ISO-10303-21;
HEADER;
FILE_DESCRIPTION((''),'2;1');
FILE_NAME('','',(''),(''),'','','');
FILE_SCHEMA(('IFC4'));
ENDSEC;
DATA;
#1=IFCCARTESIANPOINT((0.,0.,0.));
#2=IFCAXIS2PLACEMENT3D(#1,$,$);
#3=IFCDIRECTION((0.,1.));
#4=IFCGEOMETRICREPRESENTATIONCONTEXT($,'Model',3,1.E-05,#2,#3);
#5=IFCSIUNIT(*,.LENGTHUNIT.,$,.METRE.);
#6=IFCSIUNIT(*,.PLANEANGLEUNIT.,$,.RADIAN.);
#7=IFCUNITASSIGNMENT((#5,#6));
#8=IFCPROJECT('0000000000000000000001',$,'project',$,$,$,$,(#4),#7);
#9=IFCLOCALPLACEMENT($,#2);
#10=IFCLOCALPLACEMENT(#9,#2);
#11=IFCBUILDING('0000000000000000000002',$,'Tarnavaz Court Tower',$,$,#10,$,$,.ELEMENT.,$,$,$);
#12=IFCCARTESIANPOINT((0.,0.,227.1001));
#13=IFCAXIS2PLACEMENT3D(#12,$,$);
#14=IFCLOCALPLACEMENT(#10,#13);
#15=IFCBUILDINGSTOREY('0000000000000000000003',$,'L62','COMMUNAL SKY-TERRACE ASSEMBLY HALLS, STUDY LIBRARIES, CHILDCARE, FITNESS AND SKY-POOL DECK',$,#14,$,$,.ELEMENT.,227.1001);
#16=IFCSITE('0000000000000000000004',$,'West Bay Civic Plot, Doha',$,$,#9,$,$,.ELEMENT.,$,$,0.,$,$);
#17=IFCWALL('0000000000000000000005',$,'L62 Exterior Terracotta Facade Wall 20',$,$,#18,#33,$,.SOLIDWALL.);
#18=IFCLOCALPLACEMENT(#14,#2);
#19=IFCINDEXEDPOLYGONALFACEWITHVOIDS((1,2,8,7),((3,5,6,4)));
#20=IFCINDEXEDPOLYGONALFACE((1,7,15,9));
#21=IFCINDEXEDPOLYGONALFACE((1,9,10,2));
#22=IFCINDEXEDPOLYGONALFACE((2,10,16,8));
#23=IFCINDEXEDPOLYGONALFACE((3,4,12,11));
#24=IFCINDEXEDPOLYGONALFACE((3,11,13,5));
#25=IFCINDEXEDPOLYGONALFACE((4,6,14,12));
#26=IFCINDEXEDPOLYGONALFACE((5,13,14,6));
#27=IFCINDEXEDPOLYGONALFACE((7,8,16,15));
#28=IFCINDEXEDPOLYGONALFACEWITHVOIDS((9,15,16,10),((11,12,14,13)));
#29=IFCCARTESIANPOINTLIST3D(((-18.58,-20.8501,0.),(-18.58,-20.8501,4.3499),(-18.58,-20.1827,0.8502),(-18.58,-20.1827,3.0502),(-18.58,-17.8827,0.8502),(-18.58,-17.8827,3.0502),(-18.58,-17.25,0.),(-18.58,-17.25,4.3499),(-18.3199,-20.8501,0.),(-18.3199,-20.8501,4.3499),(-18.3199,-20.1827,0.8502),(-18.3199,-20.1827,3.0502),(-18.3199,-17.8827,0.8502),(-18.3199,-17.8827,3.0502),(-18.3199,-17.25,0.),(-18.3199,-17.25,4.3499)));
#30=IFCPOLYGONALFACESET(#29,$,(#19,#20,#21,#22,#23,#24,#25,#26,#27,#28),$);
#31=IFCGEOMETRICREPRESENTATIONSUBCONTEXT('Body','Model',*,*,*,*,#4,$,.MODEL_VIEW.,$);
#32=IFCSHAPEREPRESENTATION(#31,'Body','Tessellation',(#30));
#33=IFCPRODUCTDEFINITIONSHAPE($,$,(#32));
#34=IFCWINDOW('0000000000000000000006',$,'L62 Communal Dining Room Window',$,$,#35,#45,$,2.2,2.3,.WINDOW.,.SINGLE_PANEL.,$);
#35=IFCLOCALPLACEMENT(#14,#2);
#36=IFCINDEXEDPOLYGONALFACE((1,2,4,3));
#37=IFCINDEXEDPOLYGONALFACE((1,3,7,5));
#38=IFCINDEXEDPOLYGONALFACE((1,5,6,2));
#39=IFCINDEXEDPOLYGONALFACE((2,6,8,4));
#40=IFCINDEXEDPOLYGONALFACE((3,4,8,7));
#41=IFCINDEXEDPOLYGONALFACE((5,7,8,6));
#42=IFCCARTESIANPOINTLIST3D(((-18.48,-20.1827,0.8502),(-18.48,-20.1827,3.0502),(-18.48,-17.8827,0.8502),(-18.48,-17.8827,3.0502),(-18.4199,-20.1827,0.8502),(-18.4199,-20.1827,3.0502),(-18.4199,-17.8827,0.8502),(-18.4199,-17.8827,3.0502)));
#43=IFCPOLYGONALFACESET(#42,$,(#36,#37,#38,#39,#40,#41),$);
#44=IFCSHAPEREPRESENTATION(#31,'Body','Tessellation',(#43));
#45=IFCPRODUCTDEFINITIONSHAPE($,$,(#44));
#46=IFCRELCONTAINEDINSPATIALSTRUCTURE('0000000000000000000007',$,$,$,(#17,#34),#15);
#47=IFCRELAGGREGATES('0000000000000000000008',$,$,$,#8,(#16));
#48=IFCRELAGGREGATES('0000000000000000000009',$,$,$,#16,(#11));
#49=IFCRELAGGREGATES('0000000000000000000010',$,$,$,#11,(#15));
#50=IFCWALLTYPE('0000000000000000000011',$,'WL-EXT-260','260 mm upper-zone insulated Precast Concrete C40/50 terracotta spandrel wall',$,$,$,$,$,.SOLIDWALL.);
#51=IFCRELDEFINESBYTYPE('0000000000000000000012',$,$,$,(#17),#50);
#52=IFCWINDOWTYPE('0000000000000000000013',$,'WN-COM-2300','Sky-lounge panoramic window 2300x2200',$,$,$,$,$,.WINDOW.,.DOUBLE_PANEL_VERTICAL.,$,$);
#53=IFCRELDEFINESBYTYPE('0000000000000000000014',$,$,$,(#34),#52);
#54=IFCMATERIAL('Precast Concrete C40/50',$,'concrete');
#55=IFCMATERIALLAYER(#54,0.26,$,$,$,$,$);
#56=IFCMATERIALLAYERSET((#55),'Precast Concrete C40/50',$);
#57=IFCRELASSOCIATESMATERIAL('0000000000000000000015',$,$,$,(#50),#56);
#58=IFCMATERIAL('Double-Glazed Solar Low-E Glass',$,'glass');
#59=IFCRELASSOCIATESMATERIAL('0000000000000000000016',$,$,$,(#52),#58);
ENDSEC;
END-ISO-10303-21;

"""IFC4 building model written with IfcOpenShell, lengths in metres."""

from ifc_helpers import new_model, si_unit, direction, frame, frame_2d, origin, place, context, subcontext, project, spatial, rectangle, extrude, material, layer, layer_set, type_object, element, fill, save


model = new_model("IFC4")

# Units and contexts
model_context = context("Model", 3, precision=1e-05, world=origin(), true_north=direction((0.0, 1.0)))
body_context = subcontext(model_context, "Body", "Model", "MODEL_VIEW")
ifc_project = project(units=[si_unit("LENGTHUNIT", "METRE"), si_unit("PLANEANGLEUNIT", "RADIAN")], contexts=[model_context])

# Site, building, storey
site_placement = place(None, origin())
site = spatial("IfcSite", under=ifc_project, at=site_placement, Name="West Bay Civic Plot, Doha", CompositionType="ELEMENT", RefElevation=0.0)
building_placement = place(site_placement, origin())
building = spatial("IfcBuilding", under=site, at=building_placement, Name="Tarnavaz Court Tower", CompositionType="ELEMENT")
storey_placement = place(building_placement, frame((0.0, 0.0, 227.1001)))
storey = spatial("IfcBuildingStorey", under=building, at=storey_placement, Name="L62", Description="COMMUNAL SKY-TERRACE ASSEMBLY HALLS, STUDY LIBRARIES, CHILDCARE, FITNESS AND SKY-POOL DECK", CompositionType="ELEMENT", Elevation=227.1001)

# Shared definitions
ifc_material_1 = material(Name="Precast Concrete C40/50", Category="concrete")
ifc_layer = layer(ifc_material_1, 0.26)
ifc_layer_set = layer_set([ifc_layer], Name="Precast Concrete C40/50")
wall_type = type_object("IfcWallType", Name="WL-EXT-260", Description="260 mm upper-zone insulated Precast Concrete C40/50 terracotta spandrel wall", PredefinedType="SOLIDWALL", material=ifc_layer_set)
ifc_material_2 = material(Name="Double-Glazed Solar Low-E Glass", Category="glass")
window_type_1 = type_object("IfcWindowType", Name="WN-COM-2300", Description="Sky-lounge panoramic window 2300x2200", PartitioningType="DOUBLE_PANEL_VERTICAL", PredefinedType="WINDOW", material=ifc_material_2)

# Wall, opening, window
wall_1_placement = place(storey_placement, frame((-18.45, -20.8501, 0.0), z_axis=(0.0, 0.0, 1.0), x_axis=(0.0, 1.0, 0.0)))
wall_1 = element("IfcWall", 1, at=wall_1_placement, inside=storey, type_object=wall_type, Name="L62 Exterior Terracotta Facade Wall 20", PredefinedType="SOLIDWALL", context=body_context, shape_type="SweptSolid", body=[
    extrude(rectangle(XDim=3.6001, YDim=0.26, at=frame_2d((1.8, 0.0))), origin(), (0.0, 0.0, 1.0), 4.3499),
])
opening_1_placement = place(wall_1_placement, frame((0.6675, 0.0, 0.8501)))
opening_1 = element("IfcOpeningElement", 2, at=opening_1_placement, cuts=wall_1, PredefinedType="OPENING", context=body_context, shape_type="SweptSolid", body=[
    extrude(rectangle(XDim=2.3, YDim=2.2, at=frame_2d((1.1499, 1.1001))), frame((0.0, 0.1399, 0.0), z_axis=(0.0, -1.0, 0.0), x_axis=(1.0, 0.0, 0.0)), (0.0, 0.0, 1.0), 0.28),
])
window_1_placement = place(opening_1_placement, origin())
window_1 = element("IfcWindow", 3, at=window_1_placement, inside=storey, type_object=window_type_1, Name="L62 Communal Dining Room Window", OverallHeight=2.2, OverallWidth=2.3, PartitioningType="SINGLE_PANEL", PredefinedType="WINDOW", context=body_context, shape_type="SweptSolid", body=[
    extrude(rectangle(XDim=2.3, YDim=2.2, at=frame_2d((1.1499, 1.1001))), frame((0.0, 0.03, 0.0), z_axis=(0.0, -1.0, 0.0), x_axis=(1.0, 0.0, 0.0)), (0.0, 0.0, 1.0), 0.0601),
])
fill(opening_1, window_1)

save(model, "model.ifc")
